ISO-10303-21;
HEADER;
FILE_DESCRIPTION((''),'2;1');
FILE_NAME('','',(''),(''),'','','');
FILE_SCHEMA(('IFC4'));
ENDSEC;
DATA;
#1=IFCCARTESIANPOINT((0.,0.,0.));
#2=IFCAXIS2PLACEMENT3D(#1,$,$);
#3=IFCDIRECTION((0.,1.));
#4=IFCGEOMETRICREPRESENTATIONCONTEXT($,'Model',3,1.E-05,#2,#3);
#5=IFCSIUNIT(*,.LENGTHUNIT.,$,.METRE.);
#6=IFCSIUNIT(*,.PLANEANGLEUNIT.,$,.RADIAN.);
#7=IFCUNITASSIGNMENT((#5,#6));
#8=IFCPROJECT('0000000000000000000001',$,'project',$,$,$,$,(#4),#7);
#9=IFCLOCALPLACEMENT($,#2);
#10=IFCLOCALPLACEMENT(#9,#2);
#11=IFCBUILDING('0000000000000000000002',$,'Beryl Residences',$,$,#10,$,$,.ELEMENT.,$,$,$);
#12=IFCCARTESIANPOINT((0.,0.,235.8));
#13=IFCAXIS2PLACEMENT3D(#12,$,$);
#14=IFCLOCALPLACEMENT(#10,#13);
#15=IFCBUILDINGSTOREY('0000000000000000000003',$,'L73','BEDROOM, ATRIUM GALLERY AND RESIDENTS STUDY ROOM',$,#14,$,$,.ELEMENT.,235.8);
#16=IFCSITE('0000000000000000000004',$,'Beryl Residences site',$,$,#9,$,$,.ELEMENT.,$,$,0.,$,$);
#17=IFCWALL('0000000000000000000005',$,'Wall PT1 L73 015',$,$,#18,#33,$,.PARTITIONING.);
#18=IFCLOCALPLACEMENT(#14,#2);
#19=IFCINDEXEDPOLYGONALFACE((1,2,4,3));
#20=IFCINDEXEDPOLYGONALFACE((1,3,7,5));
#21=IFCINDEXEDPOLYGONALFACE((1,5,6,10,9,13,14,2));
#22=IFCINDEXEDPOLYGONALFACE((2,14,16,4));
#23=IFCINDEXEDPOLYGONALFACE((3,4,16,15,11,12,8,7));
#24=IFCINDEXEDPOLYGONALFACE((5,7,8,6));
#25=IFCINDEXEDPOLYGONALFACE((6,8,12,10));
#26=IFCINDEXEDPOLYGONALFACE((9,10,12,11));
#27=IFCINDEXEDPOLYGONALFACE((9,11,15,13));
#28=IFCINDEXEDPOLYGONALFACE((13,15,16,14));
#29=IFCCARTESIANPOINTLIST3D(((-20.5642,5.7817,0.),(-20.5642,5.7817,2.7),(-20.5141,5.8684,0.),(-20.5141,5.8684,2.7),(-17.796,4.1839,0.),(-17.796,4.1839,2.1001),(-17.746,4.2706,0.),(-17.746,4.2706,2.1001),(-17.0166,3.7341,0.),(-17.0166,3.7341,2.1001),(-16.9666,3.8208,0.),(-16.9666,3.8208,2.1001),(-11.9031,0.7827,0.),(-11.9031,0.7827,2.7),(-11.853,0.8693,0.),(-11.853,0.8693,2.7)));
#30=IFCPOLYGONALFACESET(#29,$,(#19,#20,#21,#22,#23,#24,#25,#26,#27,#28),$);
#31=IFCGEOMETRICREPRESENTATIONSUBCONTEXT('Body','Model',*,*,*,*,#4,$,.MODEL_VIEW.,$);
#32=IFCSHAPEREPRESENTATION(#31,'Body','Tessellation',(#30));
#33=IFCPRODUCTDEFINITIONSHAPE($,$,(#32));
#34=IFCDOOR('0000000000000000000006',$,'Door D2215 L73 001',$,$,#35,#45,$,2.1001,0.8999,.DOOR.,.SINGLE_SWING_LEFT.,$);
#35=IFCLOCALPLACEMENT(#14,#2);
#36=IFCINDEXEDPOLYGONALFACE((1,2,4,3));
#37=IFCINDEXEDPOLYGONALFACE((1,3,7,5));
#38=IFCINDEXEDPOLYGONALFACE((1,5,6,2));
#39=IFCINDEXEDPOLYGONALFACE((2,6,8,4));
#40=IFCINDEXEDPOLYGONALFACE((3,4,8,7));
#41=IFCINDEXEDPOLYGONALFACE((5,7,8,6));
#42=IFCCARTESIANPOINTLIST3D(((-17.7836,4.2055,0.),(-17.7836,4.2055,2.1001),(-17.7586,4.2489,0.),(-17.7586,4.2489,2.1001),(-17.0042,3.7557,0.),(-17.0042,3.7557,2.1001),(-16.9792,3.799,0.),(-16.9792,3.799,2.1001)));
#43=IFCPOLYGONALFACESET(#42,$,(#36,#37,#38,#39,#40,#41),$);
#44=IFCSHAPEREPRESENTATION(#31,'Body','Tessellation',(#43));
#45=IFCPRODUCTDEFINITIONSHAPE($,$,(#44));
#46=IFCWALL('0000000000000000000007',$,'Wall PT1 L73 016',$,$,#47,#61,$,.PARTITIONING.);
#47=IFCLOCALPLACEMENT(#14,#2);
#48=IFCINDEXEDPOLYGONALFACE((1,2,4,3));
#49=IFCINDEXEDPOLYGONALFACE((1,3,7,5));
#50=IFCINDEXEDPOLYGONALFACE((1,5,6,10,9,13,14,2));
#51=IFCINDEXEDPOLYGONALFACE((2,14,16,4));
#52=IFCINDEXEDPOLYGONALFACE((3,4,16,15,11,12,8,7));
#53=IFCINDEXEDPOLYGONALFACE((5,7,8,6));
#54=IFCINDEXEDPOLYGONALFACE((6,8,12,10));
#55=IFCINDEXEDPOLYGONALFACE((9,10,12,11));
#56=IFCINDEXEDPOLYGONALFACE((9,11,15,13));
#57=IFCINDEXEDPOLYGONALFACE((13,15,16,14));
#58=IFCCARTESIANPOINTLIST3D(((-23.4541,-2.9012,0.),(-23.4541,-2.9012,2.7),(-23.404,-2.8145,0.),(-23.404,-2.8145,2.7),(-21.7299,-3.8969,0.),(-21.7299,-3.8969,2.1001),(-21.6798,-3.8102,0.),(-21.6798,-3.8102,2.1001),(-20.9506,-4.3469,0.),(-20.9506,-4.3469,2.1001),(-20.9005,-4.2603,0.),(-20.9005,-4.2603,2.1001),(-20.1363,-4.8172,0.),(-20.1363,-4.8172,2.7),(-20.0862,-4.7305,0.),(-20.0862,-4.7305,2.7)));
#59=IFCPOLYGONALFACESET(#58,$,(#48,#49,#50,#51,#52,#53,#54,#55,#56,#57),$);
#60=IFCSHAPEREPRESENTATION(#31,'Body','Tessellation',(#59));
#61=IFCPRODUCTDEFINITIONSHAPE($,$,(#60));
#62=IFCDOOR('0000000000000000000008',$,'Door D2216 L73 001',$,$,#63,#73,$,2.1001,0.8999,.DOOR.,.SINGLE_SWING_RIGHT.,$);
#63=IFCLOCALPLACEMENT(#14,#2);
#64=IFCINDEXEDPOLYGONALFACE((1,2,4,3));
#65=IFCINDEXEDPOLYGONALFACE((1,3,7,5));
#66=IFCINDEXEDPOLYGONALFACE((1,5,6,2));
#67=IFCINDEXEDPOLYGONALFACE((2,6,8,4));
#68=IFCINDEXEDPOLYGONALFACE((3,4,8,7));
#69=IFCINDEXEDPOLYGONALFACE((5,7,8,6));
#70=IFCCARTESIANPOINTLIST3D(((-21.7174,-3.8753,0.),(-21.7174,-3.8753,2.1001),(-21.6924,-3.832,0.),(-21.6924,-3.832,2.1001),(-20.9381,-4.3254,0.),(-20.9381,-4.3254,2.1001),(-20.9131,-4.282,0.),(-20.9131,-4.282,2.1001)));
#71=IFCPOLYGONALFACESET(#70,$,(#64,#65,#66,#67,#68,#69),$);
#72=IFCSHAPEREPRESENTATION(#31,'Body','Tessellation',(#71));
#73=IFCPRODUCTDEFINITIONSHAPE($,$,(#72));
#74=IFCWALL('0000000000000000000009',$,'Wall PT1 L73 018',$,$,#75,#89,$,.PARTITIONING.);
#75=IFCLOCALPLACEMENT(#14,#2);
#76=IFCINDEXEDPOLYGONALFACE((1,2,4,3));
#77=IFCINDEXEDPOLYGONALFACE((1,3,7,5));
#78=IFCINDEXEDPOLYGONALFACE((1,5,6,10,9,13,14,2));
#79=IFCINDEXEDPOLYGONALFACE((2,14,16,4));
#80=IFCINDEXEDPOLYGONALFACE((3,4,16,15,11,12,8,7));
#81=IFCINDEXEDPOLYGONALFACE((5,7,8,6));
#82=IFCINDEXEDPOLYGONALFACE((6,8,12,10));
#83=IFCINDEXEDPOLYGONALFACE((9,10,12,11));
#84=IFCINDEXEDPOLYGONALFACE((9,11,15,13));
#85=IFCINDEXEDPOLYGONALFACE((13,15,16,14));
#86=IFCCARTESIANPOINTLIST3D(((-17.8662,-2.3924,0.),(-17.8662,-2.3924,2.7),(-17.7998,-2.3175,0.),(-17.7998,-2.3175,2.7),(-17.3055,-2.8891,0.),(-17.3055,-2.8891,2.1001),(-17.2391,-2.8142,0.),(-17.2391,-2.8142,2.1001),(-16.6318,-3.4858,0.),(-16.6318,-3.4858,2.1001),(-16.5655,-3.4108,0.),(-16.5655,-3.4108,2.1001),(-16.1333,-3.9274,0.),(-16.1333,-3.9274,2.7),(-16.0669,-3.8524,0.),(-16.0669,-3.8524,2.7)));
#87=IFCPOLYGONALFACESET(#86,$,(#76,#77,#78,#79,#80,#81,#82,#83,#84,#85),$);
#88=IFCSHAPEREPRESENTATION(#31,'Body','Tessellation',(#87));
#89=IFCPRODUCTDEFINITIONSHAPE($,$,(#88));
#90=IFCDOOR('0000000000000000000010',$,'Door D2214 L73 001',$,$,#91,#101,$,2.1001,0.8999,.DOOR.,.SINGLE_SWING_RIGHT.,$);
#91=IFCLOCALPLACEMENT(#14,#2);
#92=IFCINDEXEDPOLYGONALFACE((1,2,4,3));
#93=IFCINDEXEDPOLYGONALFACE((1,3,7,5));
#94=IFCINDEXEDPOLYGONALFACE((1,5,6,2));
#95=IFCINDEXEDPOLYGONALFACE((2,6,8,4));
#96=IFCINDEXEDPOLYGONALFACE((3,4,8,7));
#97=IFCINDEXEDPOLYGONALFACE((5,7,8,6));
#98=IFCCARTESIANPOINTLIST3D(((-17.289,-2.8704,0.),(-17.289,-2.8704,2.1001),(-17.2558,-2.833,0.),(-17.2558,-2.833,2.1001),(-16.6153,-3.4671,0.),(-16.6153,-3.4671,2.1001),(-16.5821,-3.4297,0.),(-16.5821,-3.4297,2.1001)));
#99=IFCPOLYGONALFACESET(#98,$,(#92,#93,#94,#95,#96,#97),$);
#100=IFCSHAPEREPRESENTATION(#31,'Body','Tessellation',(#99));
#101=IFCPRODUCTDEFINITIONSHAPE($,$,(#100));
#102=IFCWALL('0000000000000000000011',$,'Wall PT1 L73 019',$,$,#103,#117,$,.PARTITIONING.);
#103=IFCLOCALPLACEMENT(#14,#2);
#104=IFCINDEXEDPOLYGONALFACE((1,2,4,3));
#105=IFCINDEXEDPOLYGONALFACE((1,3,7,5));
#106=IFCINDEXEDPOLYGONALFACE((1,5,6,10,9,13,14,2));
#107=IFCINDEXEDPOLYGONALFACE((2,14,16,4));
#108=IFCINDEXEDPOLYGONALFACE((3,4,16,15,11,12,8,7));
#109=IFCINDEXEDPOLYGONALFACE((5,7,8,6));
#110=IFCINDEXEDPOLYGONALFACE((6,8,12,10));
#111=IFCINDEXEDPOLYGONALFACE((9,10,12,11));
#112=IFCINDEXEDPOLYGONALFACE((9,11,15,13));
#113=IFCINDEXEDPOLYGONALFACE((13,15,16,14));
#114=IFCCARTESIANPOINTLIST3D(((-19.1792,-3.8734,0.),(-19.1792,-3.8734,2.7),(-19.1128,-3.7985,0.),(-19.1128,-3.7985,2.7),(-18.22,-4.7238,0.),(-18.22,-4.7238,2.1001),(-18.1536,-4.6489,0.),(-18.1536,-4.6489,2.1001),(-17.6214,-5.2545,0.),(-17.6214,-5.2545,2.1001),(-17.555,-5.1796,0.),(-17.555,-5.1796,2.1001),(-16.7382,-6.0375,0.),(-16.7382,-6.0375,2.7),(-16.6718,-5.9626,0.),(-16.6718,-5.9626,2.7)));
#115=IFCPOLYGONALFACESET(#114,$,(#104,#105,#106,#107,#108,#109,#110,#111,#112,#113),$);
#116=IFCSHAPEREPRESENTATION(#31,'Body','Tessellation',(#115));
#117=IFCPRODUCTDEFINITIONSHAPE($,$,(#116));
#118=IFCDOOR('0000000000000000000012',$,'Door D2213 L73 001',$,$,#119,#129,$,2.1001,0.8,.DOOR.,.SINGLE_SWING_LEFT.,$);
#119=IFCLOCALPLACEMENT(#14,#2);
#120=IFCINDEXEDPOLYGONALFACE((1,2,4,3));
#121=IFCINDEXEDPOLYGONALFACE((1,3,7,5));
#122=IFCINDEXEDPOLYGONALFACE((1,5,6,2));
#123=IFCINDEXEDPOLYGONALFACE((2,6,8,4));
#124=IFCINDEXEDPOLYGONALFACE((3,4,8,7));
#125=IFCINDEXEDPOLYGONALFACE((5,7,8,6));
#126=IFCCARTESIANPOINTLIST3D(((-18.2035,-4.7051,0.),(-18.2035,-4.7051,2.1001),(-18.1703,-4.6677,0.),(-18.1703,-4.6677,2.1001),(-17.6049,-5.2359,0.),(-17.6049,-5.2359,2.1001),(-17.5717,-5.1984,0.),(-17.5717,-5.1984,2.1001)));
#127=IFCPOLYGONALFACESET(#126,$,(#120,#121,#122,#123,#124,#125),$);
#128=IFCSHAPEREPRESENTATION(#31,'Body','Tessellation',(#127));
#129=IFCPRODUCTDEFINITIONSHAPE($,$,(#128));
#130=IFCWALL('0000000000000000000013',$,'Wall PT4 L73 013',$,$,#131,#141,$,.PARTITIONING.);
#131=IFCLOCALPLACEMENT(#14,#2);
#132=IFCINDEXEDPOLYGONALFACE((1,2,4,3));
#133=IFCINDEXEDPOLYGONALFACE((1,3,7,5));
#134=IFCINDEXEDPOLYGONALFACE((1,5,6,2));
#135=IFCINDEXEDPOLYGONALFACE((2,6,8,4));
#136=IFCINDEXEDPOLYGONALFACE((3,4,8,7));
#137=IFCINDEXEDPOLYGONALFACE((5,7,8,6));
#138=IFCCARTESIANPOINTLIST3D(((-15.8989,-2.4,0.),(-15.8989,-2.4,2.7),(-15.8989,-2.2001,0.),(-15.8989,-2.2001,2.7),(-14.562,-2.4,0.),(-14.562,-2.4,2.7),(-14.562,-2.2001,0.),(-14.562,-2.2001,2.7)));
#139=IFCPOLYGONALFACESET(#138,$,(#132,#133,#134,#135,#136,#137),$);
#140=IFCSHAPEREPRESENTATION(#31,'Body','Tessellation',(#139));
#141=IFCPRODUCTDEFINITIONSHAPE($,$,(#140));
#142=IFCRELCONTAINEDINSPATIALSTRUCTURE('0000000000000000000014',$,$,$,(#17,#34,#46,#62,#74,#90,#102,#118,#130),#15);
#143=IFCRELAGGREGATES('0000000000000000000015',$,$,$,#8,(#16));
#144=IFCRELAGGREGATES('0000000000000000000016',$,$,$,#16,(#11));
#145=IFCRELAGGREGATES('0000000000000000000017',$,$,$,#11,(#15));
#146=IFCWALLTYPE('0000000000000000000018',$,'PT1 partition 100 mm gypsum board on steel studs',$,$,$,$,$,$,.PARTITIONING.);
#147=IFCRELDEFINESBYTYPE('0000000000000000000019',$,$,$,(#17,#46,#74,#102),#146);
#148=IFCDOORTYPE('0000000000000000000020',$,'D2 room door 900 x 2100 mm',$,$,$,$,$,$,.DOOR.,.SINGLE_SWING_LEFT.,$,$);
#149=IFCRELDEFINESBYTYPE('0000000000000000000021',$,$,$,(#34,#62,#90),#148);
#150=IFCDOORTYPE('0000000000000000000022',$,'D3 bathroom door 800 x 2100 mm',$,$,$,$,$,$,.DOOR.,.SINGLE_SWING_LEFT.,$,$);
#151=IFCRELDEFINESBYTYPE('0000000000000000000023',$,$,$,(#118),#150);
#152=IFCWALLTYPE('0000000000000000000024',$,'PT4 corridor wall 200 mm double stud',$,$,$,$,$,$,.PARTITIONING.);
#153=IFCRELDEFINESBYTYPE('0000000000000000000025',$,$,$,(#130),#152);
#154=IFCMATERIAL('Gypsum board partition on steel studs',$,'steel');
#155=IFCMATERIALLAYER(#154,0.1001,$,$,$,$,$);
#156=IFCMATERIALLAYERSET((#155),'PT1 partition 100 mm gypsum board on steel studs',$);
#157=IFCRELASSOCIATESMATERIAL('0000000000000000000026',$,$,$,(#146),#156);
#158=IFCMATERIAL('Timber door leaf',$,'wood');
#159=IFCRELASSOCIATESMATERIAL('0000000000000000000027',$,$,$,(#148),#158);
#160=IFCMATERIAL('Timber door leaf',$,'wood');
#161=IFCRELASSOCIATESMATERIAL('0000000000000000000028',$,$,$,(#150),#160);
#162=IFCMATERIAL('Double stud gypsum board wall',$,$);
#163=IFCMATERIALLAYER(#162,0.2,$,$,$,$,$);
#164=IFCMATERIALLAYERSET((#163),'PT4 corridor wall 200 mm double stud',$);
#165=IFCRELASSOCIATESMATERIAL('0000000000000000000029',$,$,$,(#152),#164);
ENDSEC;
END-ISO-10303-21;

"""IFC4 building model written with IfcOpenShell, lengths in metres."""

from ifc_helpers import new_model, si_unit, direction, frame, frame_2d, origin, place, context, subcontext, project, spatial, rectangle, extrude, material, layer, layer_set, type_object, element, fill, save


model = new_model("IFC4")

# Units and contexts
model_context = context("Model", 3, precision=1e-05, world=origin(), true_north=direction((0.0, 1.0)))
body_context = subcontext(model_context, "Body", "Model", "MODEL_VIEW")
ifc_project = project(units=[si_unit("LENGTHUNIT", "METRE"), si_unit("PLANEANGLEUNIT", "RADIAN")], contexts=[model_context])

# Site, building, storey
site_placement = place(None, origin())
site = spatial("IfcSite", under=ifc_project, at=site_placement, Name="Beryl Residences site", CompositionType="ELEMENT", RefElevation=0.0)
building_placement = place(site_placement, origin())
building = spatial("IfcBuilding", under=site, at=building_placement, Name="Beryl Residences", CompositionType="ELEMENT")
storey_placement = place(building_placement, frame((0.0, 0.0, 235.8)))
storey = spatial("IfcBuildingStorey", under=building, at=storey_placement, Name="L73", Description="BEDROOM, ATRIUM GALLERY AND RESIDENTS STUDY ROOM", CompositionType="ELEMENT", Elevation=235.8)

# Walls, openings, doors
ifc_material_1 = material(Name="Gypsum board partition on steel studs", Category="steel")
ifc_layer_1 = layer(ifc_material_1, 0.1001)
ifc_layer_set_1 = layer_set([ifc_layer_1], Name="PT1 partition 100 mm gypsum board on steel studs")
wall_type_1 = type_object("IfcWallType", Name="PT1 partition 100 mm gypsum board on steel studs", PredefinedType="PARTITIONING", material=ifc_layer_set_1)
wall_1_placement = place(storey_placement, frame((-20.5391, 5.825, 0.0), z_axis=(0.0, 0.0, 1.0), x_axis=(0.86609, -0.499889, 0.0)))
wall_1 = element("IfcWall", 1, at=wall_1_placement, inside=storey, type_object=wall_type_1, Name="Wall PT1 L73 015", PredefinedType="PARTITIONING", context=body_context, shape_type="SweptSolid", body=[
    extrude(rectangle(XDim=10.0002, YDim=0.1001, at=frame_2d((5.0, 0.0))), origin(), (0.0, 0.0, 1.0), 2.7),
])
opening_1_placement = place(wall_1_placement, frame((3.196, 0.0, 0.0)))
opening_1 = element("IfcOpeningElement", 2, at=opening_1_placement, cuts=wall_1, PredefinedType="OPENING", context=body_context, shape_type="SweptSolid", body=[
    extrude(rectangle(XDim=0.8999, YDim=2.1001, at=frame_2d((0.45, 1.05))), frame((0.0, 0.0601, 0.0), z_axis=(0.0, -1.0, 0.0), x_axis=(1.0, 0.0, 0.0)), (0.0, 0.0, 1.0), 0.1201),
])
ifc_material_2 = material(Name="Timber door leaf", Category="wood")
door_type_1 = type_object("IfcDoorType", Name="D2 room door 900 x 2100 mm", OperationType="SINGLE_SWING_LEFT", PredefinedType="DOOR", material=ifc_material_2)
door_1_placement = place(opening_1_placement, origin())
door_1 = element("IfcDoor", 3, at=door_1_placement, inside=storey, type_object=door_type_1, Name="Door D2215 L73 001", OperationType="SINGLE_SWING_LEFT", OverallHeight=2.1001, OverallWidth=0.8999, PredefinedType="DOOR", context=body_context, shape_type="SweptSolid", body=[
    extrude(rectangle(XDim=0.8999, YDim=2.1001, at=frame_2d((0.45, 1.05))), frame((0.0, 0.0249, 0.0), z_axis=(0.0, -1.0, 0.0), x_axis=(1.0, 0.0, 0.0)), (0.0, 0.0, 1.0), 0.05),
])
fill(opening_1, door_1)
wall_2_placement = place(storey_placement, frame((-23.429, -2.8579, 0.0), z_axis=(0.0, 0.0, 1.0), x_axis=(0.865975, -0.500086, 0.0)))
wall_2 = element("IfcWall", 4, at=wall_2_placement, inside=storey, type_object=wall_type_1, Name="Wall PT1 L73 016", PredefinedType="PARTITIONING", context=body_context, shape_type="SweptSolid", body=[
    extrude(rectangle(XDim=3.8313, YDim=0.1001, at=frame_2d((1.9155, 0.0))), origin(), (0.0, 0.0, 1.0), 2.7),
])
opening_2_placement = place(wall_2_placement, frame((1.991, 0.0, 0.0)))
opening_2 = element("IfcOpeningElement", 5, at=opening_2_placement, cuts=wall_2, PredefinedType="OPENING", context=body_context, shape_type="SweptSolid", body=[
    extrude(rectangle(XDim=0.8999, YDim=2.1001, at=frame_2d((0.45, 1.05))), frame((0.0, 0.0601, 0.0), z_axis=(0.0, -1.0, 0.0), x_axis=(1.0, 0.0, 0.0)), (0.0, 0.0, 1.0), 0.1201),
])
door_2_placement = place(opening_2_placement, origin())
door_2 = element("IfcDoor", 6, at=door_2_placement, inside=storey, type_object=door_type_1, Name="Door D2216 L73 001", OperationType="SINGLE_SWING_RIGHT", OverallHeight=2.1001, OverallWidth=0.8999, PredefinedType="DOOR", context=body_context, shape_type="SweptSolid", body=[
    extrude(rectangle(XDim=0.8999, YDim=2.1001, at=frame_2d((0.45, 1.05))), frame((0.0, 0.0249, 0.0), z_axis=(0.0, -1.0, 0.0), x_axis=(1.0, 0.0, 0.0)), (0.0, 0.0, 1.0), 0.05),
])
fill(opening_2, door_2)
wall_3_placement = place(storey_placement, frame((-17.833, -2.355, 0.0), z_axis=(0.0, 0.0, 1.0), x_axis=(0.748578, -0.663047, 0.0)))
wall_3 = element("IfcWall", 7, at=wall_3_placement, inside=storey, type_object=wall_type_1, Name="Wall PT1 L73 018", PredefinedType="PARTITIONING", context=body_context, shape_type="SweptSolid", body=[
    extrude(rectangle(XDim=2.3149, YDim=0.1001, at=frame_2d((1.1575, 0.0))), origin(), (0.0, 0.0, 1.0), 2.7),
])
opening_3_placement = place(wall_3_placement, frame((0.749, 0.0, 0.0)))
opening_3 = element("IfcOpeningElement", 8, at=opening_3_placement, cuts=wall_3, PredefinedType="OPENING", context=body_context, shape_type="SweptSolid", body=[
    extrude(rectangle(XDim=0.8999, YDim=2.1001, at=frame_2d((0.45, 1.05))), frame((0.0, 0.0601, 0.0), z_axis=(0.0, -1.0, 0.0), x_axis=(1.0, 0.0, 0.0)), (0.0, 0.0, 1.0), 0.1201),
])
door_3_placement = place(opening_3_placement, origin())
door_3 = element("IfcDoor", 9, at=door_3_placement, inside=storey, type_object=door_type_1, Name="Door D2214 L73 001", OperationType="SINGLE_SWING_RIGHT", OverallHeight=2.1001, OverallWidth=0.8999, PredefinedType="DOOR", context=body_context, shape_type="SweptSolid", body=[
    extrude(rectangle(XDim=0.8999, YDim=2.1001, at=frame_2d((0.45, 1.05))), frame((0.0, 0.0249, 0.0), z_axis=(0.0, -1.0, 0.0), x_axis=(1.0, 0.0, 0.0)), (0.0, 0.0, 1.0), 0.05),
])
fill(opening_3, door_3)
wall_4_placement = place(storey_placement, frame((-19.146, -3.8359, 0.0), z_axis=(0.0, 0.0, 1.0), x_axis=(0.748268, -0.663397, 0.0)))
wall_4 = element("IfcWall", 10, at=wall_4_placement, inside=storey, type_object=wall_type_1, Name="Wall PT1 L73 019", PredefinedType="PARTITIONING", context=body_context, shape_type="SweptSolid", body=[
    extrude(rectangle(XDim=3.2622, YDim=0.1001, at=frame_2d((1.6311, 0.0))), origin(), (0.0, 0.0, 1.0), 2.7),
])
opening_4_placement = place(wall_4_placement, frame((1.282, 0.0, 0.0)))
opening_4 = element("IfcOpeningElement", 11, at=opening_4_placement, cuts=wall_4, PredefinedType="OPENING", context=body_context, shape_type="SweptSolid", body=[
    extrude(rectangle(XDim=0.8, YDim=2.1001, at=frame_2d((0.3999, 1.05))), frame((0.0, 0.0601, 0.0), z_axis=(0.0, -1.0, 0.0), x_axis=(1.0, 0.0, 0.0)), (0.0, 0.0, 1.0), 0.1201),
])
ifc_material_3 = material(Name="Timber door leaf", Category="wood")
door_type_2 = type_object("IfcDoorType", Name="D3 bathroom door 800 x 2100 mm", OperationType="SINGLE_SWING_LEFT", PredefinedType="DOOR", material=ifc_material_3)
door_4_placement = place(opening_4_placement, origin())
door_4 = element("IfcDoor", 12, at=door_4_placement, inside=storey, type_object=door_type_2, Name="Door D2213 L73 001", OperationType="SINGLE_SWING_LEFT", OverallHeight=2.1001, OverallWidth=0.8, PredefinedType="DOOR", context=body_context, shape_type="SweptSolid", body=[
    extrude(rectangle(XDim=0.8, YDim=2.1001, at=frame_2d((0.3999, 1.05))), frame((0.0, 0.0249, 0.0), z_axis=(0.0, -1.0, 0.0), x_axis=(1.0, 0.0, 0.0)), (0.0, 0.0, 1.0), 0.05),
])
fill(opening_4, door_4)

# Wall
ifc_material_4 = material(Name="Double stud gypsum board wall")
ifc_layer_2 = layer(ifc_material_4, 0.2)
ifc_layer_set_2 = layer_set([ifc_layer_2], Name="PT4 corridor wall 200 mm double stud")
wall_type_2 = type_object("IfcWallType", Name="PT4 corridor wall 200 mm double stud", PredefinedType="PARTITIONING", material=ifc_layer_set_2)
wall_5_placement = place(storey_placement, frame((-15.8989, -2.3, 0.0), z_axis=(0.0, 0.0, 1.0), x_axis=(1.0, 0.0, 0.0)))
element("IfcWall", 13, at=wall_5_placement, inside=storey, type_object=wall_type_2, Name="Wall PT4 L73 013", PredefinedType="PARTITIONING", context=body_context, shape_type="SweptSolid", body=[
    extrude(rectangle(XDim=1.3369, YDim=0.2, at=frame_2d((0.6685, 0.0))), origin(), (0.0, 0.0, 1.0), 2.7),
])

save(model, "model.ifc")
